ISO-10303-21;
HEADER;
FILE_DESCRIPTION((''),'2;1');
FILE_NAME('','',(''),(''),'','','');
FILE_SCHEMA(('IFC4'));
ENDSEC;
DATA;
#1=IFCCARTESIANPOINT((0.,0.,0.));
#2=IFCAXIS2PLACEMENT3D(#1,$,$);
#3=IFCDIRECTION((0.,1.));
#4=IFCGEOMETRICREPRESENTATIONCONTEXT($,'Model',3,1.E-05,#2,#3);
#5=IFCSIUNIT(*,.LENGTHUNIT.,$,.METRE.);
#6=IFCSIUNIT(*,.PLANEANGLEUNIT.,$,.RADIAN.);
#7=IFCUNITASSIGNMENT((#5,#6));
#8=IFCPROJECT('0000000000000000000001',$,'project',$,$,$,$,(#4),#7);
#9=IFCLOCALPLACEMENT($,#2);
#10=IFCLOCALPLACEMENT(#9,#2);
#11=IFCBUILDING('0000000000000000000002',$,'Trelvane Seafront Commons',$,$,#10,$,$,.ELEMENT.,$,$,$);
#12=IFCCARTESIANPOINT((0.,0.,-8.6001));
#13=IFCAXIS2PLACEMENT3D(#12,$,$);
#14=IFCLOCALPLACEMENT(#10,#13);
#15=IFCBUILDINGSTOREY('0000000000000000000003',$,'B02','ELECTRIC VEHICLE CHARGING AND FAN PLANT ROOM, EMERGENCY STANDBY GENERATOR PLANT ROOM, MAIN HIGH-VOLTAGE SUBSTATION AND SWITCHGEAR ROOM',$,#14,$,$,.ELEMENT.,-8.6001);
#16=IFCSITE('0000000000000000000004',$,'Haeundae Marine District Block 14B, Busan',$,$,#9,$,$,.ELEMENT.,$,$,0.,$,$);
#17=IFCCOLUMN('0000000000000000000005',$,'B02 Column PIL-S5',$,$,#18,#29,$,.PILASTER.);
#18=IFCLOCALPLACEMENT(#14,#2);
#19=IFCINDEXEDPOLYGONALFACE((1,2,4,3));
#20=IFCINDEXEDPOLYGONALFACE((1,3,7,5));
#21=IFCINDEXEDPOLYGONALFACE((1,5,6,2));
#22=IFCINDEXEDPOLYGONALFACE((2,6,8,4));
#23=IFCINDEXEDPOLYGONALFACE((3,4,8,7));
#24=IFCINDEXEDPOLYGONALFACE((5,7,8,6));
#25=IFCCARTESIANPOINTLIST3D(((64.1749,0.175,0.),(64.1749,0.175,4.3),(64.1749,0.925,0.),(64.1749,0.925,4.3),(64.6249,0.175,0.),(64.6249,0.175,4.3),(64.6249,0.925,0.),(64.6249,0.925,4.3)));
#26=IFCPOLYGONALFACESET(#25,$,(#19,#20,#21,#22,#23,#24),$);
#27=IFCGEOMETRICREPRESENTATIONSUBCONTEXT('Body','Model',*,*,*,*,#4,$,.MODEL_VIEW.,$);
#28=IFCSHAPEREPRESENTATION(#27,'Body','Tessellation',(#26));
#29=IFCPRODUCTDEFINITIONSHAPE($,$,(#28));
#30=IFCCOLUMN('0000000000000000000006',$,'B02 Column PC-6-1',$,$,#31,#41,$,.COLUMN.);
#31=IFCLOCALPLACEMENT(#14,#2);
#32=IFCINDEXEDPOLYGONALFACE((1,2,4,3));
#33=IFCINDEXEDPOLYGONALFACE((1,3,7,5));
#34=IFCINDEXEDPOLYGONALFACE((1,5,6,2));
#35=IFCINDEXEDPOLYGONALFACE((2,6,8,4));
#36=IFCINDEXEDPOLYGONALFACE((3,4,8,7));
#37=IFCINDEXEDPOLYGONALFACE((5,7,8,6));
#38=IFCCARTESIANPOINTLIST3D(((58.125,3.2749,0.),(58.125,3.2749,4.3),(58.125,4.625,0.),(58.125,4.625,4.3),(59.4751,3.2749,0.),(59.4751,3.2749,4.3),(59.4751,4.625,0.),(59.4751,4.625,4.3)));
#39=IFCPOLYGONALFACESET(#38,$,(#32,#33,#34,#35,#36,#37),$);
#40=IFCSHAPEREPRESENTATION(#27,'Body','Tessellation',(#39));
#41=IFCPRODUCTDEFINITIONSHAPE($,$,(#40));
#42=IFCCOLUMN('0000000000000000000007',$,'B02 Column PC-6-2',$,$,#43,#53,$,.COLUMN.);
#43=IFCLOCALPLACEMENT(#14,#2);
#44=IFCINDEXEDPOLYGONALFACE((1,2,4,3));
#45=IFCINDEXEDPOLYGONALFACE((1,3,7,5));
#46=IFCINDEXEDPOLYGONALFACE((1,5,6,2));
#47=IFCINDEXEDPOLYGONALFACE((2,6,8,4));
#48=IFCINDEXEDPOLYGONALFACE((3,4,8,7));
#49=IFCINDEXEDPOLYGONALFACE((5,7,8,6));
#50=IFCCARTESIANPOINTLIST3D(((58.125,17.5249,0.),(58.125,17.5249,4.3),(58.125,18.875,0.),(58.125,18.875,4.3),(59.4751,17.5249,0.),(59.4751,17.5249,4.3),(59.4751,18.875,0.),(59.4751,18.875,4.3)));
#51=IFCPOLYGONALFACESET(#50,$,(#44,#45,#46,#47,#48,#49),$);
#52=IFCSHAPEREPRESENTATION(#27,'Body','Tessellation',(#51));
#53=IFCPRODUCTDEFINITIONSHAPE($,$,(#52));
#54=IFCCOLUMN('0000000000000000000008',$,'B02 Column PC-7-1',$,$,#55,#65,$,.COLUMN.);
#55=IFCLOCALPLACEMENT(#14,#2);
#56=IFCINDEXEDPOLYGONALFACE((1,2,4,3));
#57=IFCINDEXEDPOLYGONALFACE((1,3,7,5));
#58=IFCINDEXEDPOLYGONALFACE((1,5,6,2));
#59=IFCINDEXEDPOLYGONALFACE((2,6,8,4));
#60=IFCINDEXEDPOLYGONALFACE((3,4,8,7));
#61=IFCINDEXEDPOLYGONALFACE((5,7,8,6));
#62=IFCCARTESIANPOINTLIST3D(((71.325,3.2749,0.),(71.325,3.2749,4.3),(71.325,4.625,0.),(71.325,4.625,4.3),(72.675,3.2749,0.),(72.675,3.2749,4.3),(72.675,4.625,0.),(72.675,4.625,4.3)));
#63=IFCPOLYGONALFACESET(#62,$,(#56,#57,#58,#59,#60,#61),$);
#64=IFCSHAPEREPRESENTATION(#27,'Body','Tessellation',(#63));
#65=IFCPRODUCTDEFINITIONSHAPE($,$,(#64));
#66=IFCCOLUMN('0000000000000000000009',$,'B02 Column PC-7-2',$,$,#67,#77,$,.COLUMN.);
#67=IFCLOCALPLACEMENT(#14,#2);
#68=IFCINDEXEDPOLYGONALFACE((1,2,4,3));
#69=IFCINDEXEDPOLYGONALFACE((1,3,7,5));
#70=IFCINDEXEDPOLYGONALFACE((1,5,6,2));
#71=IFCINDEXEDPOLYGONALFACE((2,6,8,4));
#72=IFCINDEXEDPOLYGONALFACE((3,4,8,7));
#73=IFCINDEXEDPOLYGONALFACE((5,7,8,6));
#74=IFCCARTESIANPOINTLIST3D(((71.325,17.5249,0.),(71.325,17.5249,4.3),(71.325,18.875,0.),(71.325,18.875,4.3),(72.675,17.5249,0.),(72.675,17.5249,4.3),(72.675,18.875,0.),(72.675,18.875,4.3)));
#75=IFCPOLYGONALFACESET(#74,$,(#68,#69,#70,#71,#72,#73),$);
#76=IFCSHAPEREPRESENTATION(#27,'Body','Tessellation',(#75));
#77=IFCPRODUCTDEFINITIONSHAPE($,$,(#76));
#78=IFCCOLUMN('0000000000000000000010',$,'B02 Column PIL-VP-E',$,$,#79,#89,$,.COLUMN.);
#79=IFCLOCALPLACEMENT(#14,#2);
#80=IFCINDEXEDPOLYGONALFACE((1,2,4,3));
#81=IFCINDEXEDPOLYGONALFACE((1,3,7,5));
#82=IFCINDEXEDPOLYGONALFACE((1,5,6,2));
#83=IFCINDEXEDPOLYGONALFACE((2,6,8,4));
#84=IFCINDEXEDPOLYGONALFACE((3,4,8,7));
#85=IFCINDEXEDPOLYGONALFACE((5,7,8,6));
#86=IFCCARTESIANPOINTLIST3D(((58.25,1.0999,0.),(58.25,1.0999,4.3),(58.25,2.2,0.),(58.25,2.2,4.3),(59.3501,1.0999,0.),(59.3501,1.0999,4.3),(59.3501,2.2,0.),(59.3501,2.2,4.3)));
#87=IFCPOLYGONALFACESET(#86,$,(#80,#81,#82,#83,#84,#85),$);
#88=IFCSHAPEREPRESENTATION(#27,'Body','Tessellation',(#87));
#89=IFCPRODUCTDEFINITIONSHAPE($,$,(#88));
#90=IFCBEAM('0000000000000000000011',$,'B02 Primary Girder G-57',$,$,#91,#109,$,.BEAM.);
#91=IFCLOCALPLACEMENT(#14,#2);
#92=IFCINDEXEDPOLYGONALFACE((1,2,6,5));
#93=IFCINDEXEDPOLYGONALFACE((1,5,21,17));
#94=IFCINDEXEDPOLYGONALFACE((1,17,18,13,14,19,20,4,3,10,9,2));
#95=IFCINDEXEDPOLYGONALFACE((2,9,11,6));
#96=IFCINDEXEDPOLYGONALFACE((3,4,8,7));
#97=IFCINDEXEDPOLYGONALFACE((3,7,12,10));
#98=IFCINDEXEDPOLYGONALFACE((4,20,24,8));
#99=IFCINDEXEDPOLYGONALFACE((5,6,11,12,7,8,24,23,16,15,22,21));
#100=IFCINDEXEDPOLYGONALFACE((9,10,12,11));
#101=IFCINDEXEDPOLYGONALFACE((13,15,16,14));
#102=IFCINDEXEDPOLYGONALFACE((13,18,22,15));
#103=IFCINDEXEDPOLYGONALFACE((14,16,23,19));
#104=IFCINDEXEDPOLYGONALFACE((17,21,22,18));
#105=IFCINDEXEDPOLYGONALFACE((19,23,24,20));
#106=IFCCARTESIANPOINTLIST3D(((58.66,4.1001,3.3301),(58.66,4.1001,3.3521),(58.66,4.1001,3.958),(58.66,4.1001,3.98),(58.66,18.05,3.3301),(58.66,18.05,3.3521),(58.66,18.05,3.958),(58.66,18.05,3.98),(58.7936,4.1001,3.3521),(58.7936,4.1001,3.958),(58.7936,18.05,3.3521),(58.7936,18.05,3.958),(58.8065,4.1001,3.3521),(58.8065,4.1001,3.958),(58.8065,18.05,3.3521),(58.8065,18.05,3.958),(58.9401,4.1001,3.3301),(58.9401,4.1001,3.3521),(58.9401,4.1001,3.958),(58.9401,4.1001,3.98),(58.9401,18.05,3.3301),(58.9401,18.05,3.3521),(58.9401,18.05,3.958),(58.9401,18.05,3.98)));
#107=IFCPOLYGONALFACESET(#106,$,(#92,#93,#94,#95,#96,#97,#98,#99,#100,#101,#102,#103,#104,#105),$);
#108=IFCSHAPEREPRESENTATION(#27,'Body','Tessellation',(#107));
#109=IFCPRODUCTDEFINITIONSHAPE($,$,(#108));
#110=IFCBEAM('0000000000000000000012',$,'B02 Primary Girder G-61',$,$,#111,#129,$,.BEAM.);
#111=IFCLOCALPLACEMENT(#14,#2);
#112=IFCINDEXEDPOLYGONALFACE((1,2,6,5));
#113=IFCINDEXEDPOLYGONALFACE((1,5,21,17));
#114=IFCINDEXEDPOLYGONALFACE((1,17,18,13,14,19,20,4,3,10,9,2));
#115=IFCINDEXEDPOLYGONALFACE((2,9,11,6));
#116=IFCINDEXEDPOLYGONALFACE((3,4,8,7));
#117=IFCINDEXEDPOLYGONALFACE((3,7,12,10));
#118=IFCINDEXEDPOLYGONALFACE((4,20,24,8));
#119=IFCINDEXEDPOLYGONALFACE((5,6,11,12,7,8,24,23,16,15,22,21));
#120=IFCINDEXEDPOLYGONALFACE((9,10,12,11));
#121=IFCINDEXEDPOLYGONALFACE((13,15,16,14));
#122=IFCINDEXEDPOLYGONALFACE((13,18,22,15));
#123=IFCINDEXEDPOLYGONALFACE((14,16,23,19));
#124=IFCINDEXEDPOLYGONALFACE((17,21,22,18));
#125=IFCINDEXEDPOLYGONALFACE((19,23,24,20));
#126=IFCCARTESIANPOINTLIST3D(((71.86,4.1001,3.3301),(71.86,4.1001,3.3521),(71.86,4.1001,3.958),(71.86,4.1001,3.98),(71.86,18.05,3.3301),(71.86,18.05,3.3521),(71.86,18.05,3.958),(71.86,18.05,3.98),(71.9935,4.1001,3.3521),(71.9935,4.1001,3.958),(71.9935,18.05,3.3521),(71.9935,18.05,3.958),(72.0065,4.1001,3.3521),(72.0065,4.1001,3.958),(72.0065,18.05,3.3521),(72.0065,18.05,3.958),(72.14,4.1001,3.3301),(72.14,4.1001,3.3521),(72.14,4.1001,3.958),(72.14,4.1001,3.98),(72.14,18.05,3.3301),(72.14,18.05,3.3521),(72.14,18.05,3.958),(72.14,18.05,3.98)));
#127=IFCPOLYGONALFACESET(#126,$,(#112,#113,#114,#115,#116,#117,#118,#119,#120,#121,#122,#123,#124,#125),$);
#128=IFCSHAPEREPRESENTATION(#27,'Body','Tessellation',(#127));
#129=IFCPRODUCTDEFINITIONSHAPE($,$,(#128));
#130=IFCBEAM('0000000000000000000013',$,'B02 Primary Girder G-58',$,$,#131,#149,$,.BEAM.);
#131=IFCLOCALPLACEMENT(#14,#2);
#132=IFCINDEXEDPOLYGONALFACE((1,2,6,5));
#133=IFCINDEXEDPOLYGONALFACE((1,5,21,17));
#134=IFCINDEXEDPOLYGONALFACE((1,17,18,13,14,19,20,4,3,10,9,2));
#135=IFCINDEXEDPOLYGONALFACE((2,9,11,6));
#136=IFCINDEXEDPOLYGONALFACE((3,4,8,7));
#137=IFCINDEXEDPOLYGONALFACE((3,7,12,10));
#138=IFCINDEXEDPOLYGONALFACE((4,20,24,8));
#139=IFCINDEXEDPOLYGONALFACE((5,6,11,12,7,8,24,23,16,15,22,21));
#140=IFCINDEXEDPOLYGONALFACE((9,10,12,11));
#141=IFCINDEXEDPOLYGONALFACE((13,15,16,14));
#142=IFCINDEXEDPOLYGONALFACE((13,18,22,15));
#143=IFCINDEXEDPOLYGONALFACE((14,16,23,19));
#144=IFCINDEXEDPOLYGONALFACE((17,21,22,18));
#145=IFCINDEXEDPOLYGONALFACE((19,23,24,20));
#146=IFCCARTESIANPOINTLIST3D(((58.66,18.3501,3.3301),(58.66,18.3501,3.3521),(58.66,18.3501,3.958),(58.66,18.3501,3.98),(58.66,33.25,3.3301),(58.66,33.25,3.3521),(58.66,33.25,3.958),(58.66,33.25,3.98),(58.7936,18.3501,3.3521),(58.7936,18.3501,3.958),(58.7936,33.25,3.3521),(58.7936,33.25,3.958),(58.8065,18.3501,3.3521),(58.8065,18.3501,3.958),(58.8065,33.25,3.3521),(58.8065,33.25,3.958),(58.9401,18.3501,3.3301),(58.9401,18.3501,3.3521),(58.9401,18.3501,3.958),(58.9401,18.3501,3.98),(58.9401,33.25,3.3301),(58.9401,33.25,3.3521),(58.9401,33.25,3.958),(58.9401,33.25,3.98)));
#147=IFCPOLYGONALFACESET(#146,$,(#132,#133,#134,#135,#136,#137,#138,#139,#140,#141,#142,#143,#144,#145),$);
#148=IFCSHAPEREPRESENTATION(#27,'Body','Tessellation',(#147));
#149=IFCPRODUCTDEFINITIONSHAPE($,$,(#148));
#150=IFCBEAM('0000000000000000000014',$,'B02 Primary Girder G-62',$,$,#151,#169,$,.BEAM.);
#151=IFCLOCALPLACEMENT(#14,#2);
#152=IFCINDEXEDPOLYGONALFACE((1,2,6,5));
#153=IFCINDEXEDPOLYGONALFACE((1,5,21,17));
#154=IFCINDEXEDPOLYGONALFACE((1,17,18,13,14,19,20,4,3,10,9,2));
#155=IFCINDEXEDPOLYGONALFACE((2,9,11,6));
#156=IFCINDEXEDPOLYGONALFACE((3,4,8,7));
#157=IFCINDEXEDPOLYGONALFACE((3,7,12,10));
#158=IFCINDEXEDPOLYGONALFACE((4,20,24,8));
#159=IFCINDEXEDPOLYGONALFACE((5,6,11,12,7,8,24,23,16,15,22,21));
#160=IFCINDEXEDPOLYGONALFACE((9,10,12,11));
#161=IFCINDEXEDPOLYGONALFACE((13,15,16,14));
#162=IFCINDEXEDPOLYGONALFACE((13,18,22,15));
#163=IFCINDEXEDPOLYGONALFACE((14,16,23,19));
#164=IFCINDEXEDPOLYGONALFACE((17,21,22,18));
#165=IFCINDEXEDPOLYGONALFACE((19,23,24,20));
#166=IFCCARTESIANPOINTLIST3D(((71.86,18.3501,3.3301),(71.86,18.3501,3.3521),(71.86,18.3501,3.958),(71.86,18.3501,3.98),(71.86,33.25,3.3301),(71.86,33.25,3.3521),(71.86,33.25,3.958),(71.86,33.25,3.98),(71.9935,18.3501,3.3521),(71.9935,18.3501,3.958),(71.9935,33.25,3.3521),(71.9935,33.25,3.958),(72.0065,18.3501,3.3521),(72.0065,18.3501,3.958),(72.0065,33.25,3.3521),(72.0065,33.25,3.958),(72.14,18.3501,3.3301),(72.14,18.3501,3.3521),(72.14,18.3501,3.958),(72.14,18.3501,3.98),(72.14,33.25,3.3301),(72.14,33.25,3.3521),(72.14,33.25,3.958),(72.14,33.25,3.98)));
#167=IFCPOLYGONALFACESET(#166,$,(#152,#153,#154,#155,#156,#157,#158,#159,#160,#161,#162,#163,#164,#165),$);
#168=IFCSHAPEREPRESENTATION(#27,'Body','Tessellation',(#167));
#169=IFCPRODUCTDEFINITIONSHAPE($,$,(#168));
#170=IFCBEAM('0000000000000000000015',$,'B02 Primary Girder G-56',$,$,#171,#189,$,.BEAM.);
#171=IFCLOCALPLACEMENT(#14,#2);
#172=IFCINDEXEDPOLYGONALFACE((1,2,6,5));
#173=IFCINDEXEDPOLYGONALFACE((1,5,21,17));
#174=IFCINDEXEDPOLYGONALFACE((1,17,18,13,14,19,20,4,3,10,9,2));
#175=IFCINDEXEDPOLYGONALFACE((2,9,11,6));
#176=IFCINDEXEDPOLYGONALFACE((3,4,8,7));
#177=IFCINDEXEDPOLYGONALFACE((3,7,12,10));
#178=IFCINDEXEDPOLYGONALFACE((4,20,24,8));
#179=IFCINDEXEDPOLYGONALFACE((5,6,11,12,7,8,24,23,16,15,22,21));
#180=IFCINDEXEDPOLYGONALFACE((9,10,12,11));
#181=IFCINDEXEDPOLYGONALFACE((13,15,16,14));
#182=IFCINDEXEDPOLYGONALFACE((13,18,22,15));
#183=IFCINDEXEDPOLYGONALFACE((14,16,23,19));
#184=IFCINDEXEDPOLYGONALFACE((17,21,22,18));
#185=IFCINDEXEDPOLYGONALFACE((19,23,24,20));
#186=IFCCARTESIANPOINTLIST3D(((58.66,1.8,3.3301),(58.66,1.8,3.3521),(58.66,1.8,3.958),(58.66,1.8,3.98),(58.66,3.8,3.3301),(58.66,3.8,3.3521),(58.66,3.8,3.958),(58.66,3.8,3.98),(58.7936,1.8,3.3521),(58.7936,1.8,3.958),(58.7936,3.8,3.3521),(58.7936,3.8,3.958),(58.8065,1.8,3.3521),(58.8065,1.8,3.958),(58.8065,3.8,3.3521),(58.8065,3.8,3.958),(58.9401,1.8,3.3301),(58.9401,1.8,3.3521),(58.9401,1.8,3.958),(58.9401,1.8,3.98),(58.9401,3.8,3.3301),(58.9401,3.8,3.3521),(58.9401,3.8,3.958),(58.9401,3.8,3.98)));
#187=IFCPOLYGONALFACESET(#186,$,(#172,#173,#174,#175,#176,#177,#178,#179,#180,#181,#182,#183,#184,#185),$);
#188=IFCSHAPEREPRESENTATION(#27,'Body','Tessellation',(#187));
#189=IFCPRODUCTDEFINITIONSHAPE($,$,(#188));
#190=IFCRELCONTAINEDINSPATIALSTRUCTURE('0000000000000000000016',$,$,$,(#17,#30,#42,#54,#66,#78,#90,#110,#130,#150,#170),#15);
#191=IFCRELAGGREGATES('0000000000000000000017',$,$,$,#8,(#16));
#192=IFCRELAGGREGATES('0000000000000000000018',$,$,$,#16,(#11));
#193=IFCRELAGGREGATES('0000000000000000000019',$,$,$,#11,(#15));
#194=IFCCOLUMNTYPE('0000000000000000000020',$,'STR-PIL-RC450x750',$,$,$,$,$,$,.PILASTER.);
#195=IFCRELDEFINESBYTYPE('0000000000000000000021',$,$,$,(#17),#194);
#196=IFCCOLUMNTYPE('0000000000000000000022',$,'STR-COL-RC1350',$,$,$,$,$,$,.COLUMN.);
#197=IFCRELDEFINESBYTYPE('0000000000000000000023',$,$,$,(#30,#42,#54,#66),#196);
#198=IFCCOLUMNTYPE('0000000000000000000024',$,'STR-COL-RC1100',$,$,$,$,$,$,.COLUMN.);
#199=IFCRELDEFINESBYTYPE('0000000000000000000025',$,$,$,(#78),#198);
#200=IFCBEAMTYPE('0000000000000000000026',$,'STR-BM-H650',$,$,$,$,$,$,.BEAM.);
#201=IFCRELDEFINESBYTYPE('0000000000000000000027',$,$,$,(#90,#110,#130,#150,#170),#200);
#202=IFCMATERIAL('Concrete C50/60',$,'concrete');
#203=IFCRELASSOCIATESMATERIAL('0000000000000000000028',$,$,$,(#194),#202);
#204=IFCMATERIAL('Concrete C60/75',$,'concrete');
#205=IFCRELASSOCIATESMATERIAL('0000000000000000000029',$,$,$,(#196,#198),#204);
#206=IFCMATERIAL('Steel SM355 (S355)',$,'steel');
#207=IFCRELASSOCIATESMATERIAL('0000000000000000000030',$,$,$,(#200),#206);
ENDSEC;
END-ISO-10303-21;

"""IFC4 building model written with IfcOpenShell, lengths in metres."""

from ifc_helpers import new_model, si_unit, direction, frame, origin, origin_2d, place, context, subcontext, project, spatial, rectangle, i_section, extrude, source, transform, mapped, material, material_profile, profile_set, type_object, element, save


model = new_model("IFC4")

# Units and contexts
model_context = context("Model", 3, precision=1e-05, world=origin(), true_north=direction((0.0, 1.0)))
body_context = subcontext(model_context, "Body", "Model", "MODEL_VIEW")
ifc_project = project(units=[si_unit("LENGTHUNIT", "METRE"), si_unit("PLANEANGLEUNIT", "RADIAN")], contexts=[model_context])

# Site, building, storey
site_placement = place(None, origin())
site = spatial("IfcSite", under=ifc_project, at=site_placement, Name="Haeundae Marine District Block 14B, Busan", CompositionType="ELEMENT", RefElevation=0.0)
building_placement = place(site_placement, origin())
building = spatial("IfcBuilding", under=site, at=building_placement, Name="Trelvane Seafront Commons", CompositionType="ELEMENT")
storey_placement = place(building_placement, frame((0.0, 0.0, -8.6001)))
storey = spatial("IfcBuildingStorey", under=building, at=storey_placement, Name="B02", Description="ELECTRIC VEHICLE CHARGING AND FAN PLANT ROOM, EMERGENCY STANDBY GENERATOR PLANT ROOM, MAIN HIGH-VOLTAGE SUBSTATION AND SWITCHGEAR ROOM", CompositionType="ELEMENT", Elevation=-8.6001)

# Columns
ifc_material_1 = material(Name="Concrete C50/60", Category="concrete")
ifc_material_profile_1 = material_profile(ifc_material_1, rectangle(XDim=0.45, YDim=0.75, at=origin_2d()), Name="RC-450x750")
ifc_profile_set_1 = profile_set([ifc_material_profile_1], Name="Concrete C50/60")
column_type_1 = type_object("IfcColumnType", Name="STR-PIL-RC450x750", PredefinedType="PILASTER", material=ifc_profile_set_1)
shared_shape_1 = source(origin(), body_context, "Body", "SweptSolid", [
    extrude(rectangle(XDim=0.45, YDim=0.75, at=origin_2d()), origin(), (0.0, 0.0, 1.0), 4.3),
])
column_1_placement = place(storey_placement, frame((64.3999, 0.55, 0.0), z_axis=(0.0, 0.0, 1.0), x_axis=(1.0, 0.0, 0.0)))
element("IfcColumn", 1, at=column_1_placement, inside=storey, type_object=column_type_1, Name="B02 Column PIL-S5", PredefinedType="PILASTER", context=body_context, shape_type="MappedRepresentation", body=[
    mapped(shared_shape_1, transform((0.0, 0.0, 0.0), x_axis=(1.0, 0.0, 0.0), y_axis=(0.0, 1.0, 0.0), z_axis=(0.0, 0.0, 1.0), scale=1.0)),
])
ifc_material_2 = material(Name="Concrete C60/75", Category="concrete")
ifc_material_profile_2 = material_profile(ifc_material_2, rectangle(XDim=1.3501, YDim=1.3501, at=origin_2d()), Name="RC-1350x1350")
ifc_profile_set_2 = profile_set([ifc_material_profile_2], Name="Concrete C60/75")
column_type_2 = type_object("IfcColumnType", Name="STR-COL-RC1350", PredefinedType="COLUMN", material=ifc_profile_set_2)
shared_shape_2 = source(origin(), body_context, "Body", "SweptSolid", [
    extrude(rectangle(XDim=1.3501, YDim=1.3501, at=origin_2d()), origin(), (0.0, 0.0, 1.0), 4.3),
])
for number, where, z_axis, x_axis, name in (
    (2, (58.8, 3.95, 0.0), (0.0, 0.0, 1.0), (1.0, 0.0, 0.0), "B02 Column PC-6-1"),
    (3, (58.8, 18.2, 0.0), (0.0, 0.0, 1.0), (1.0, 0.0, 0.0), "B02 Column PC-6-2"),
    (4, (72.0, 3.95, 0.0), (0.0, 0.0, 1.0), (1.0, 0.0, 0.0), "B02 Column PC-7-1"),
    (5, (72.0, 18.2, 0.0), (0.0, 0.0, 1.0), (1.0, 0.0, 0.0), "B02 Column PC-7-2"),
):
    element("IfcColumn", number, at=place(storey_placement, frame(where, z_axis=z_axis, x_axis=x_axis)), inside=storey, type_object=column_type_2, Name=name, PredefinedType="COLUMN", context=body_context, shape_type="MappedRepresentation", body=[
        mapped(shared_shape_2, transform((0.0, 0.0, 0.0), x_axis=(1.0, 0.0, 0.0), y_axis=(0.0, 1.0, 0.0), z_axis=(0.0, 0.0, 1.0), scale=1.0)),
    ])
ifc_material_profile_3 = material_profile(ifc_material_2, rectangle(XDim=1.1001, YDim=1.1001, at=origin_2d()), Name="RC-1100x1100")
ifc_profile_set_3 = profile_set([ifc_material_profile_3], Name="Concrete C60/75")
column_type_3 = type_object("IfcColumnType", Name="STR-COL-RC1100", PredefinedType="COLUMN", material=ifc_profile_set_3)
shared_shape_3 = source(origin(), body_context, "Body", "SweptSolid", [
    extrude(rectangle(XDim=1.1001, YDim=1.1001, at=origin_2d()), origin(), (0.0, 0.0, 1.0), 4.3),
])
column_2_placement = place(storey_placement, frame((58.8, 1.6499, 0.0), z_axis=(0.0, 0.0, 1.0), x_axis=(1.0, 0.0, 0.0)))
element("IfcColumn", 6, at=column_2_placement, inside=storey, type_object=column_type_3, Name="B02 Column PIL-VP-E", PredefinedType="COLUMN", context=body_context, shape_type="MappedRepresentation", body=[
    mapped(shared_shape_3, transform((0.0, 0.0, 0.0), x_axis=(1.0, 0.0, 0.0), y_axis=(0.0, 1.0, 0.0), z_axis=(0.0, 0.0, 1.0), scale=1.0)),
])

# Beams
ifc_material_3 = material(Name="Steel SM355 (S355)", Category="steel")
ifc_material_profile_4 = material_profile(ifc_material_3, i_section(OverallWidth=0.28, OverallDepth=0.6499, WebThickness=0.0129, FlangeThickness=0.022, at=origin_2d()), Name="H-650x280x13x22")
ifc_profile_set_4 = profile_set([ifc_material_profile_4], Name="Steel SM355 (S355)")
beam_type_1 = type_object("IfcBeamType", Name="STR-BM-H650", PredefinedType="BEAM", material=ifc_profile_set_4)
shared_shape_4 = source(origin(), body_context, "Body", "SweptSolid", [
    extrude(i_section(OverallWidth=0.28, OverallDepth=0.6499, WebThickness=0.0129, FlangeThickness=0.022, at=origin_2d()), origin(), (0.0, 0.0, 1.0), 13.95),
])
for number, where, z_axis, x_axis, name in (
    (7, (58.8, 4.1001, 3.655), (0.0, 1.0, 0.0), (-1.0, 0.0, 0.0), "B02 Primary Girder G-57"),
    (8, (72.0, 4.1001, 3.655), (0.0, 1.0, 0.0), (-1.0, 0.0, 0.0), "B02 Primary Girder G-61"),
):
    element("IfcBeam", number, at=place(storey_placement, frame(where, z_axis=z_axis, x_axis=x_axis)), inside=storey, type_object=beam_type_1, Name=name, PredefinedType="BEAM", context=body_context, shape_type="MappedRepresentation", body=[
        mapped(shared_shape_4, transform((0.0, 0.0, 0.0), x_axis=(1.0, 0.0, 0.0), y_axis=(0.0, 1.0, 0.0), z_axis=(0.0, 0.0, 1.0), scale=1.0)),
    ])
shared_shape_5 = source(origin(), body_context, "Body", "SweptSolid", [
    extrude(i_section(OverallWidth=0.28, OverallDepth=0.6499, WebThickness=0.0129, FlangeThickness=0.022, at=origin_2d()), origin(), (0.0, 0.0, 1.0), 14.8999),
])
for number, where, z_axis, x_axis, name in (
    (9, (58.8, 18.3501, 3.655), (0.0, 1.0, 0.0), (-1.0, 0.0, 0.0), "B02 Primary Girder G-58"),
    (10, (72.0, 18.3501, 3.655), (0.0, 1.0, 0.0), (-1.0, 0.0, 0.0), "B02 Primary Girder G-62"),
):
    element("IfcBeam", number, at=place(storey_placement, frame(where, z_axis=z_axis, x_axis=x_axis)), inside=storey, type_object=beam_type_1, Name=name, PredefinedType="BEAM", context=body_context, shape_type="MappedRepresentation", body=[
        mapped(shared_shape_5, transform((0.0, 0.0, 0.0), x_axis=(1.0, 0.0, 0.0), y_axis=(0.0, 1.0, 0.0), z_axis=(0.0, 0.0, 1.0), scale=1.0)),
    ])
shared_shape_6 = source(origin(), body_context, "Body", "SweptSolid", [
    extrude(i_section(OverallWidth=0.28, OverallDepth=0.6499, WebThickness=0.0129, FlangeThickness=0.022, at=origin_2d()), origin(), (0.0, 0.0, 1.0), 2.0),
])
beam_1_placement = place(storey_placement, frame((58.8, 1.8, 3.655), z_axis=(0.0, 1.0, 0.0), x_axis=(-1.0, 0.0, 0.0)))
element("IfcBeam", 11, at=beam_1_placement, inside=storey, type_object=beam_type_1, Name="B02 Primary Girder G-56", PredefinedType="BEAM", context=body_context, shape_type="MappedRepresentation", body=[
    mapped(shared_shape_6, transform((0.0, 0.0, 0.0), x_axis=(1.0, 0.0, 0.0), y_axis=(0.0, 1.0, 0.0), z_axis=(0.0, 0.0, 1.0), scale=1.0)),
])

save(model, "model.ifc")
